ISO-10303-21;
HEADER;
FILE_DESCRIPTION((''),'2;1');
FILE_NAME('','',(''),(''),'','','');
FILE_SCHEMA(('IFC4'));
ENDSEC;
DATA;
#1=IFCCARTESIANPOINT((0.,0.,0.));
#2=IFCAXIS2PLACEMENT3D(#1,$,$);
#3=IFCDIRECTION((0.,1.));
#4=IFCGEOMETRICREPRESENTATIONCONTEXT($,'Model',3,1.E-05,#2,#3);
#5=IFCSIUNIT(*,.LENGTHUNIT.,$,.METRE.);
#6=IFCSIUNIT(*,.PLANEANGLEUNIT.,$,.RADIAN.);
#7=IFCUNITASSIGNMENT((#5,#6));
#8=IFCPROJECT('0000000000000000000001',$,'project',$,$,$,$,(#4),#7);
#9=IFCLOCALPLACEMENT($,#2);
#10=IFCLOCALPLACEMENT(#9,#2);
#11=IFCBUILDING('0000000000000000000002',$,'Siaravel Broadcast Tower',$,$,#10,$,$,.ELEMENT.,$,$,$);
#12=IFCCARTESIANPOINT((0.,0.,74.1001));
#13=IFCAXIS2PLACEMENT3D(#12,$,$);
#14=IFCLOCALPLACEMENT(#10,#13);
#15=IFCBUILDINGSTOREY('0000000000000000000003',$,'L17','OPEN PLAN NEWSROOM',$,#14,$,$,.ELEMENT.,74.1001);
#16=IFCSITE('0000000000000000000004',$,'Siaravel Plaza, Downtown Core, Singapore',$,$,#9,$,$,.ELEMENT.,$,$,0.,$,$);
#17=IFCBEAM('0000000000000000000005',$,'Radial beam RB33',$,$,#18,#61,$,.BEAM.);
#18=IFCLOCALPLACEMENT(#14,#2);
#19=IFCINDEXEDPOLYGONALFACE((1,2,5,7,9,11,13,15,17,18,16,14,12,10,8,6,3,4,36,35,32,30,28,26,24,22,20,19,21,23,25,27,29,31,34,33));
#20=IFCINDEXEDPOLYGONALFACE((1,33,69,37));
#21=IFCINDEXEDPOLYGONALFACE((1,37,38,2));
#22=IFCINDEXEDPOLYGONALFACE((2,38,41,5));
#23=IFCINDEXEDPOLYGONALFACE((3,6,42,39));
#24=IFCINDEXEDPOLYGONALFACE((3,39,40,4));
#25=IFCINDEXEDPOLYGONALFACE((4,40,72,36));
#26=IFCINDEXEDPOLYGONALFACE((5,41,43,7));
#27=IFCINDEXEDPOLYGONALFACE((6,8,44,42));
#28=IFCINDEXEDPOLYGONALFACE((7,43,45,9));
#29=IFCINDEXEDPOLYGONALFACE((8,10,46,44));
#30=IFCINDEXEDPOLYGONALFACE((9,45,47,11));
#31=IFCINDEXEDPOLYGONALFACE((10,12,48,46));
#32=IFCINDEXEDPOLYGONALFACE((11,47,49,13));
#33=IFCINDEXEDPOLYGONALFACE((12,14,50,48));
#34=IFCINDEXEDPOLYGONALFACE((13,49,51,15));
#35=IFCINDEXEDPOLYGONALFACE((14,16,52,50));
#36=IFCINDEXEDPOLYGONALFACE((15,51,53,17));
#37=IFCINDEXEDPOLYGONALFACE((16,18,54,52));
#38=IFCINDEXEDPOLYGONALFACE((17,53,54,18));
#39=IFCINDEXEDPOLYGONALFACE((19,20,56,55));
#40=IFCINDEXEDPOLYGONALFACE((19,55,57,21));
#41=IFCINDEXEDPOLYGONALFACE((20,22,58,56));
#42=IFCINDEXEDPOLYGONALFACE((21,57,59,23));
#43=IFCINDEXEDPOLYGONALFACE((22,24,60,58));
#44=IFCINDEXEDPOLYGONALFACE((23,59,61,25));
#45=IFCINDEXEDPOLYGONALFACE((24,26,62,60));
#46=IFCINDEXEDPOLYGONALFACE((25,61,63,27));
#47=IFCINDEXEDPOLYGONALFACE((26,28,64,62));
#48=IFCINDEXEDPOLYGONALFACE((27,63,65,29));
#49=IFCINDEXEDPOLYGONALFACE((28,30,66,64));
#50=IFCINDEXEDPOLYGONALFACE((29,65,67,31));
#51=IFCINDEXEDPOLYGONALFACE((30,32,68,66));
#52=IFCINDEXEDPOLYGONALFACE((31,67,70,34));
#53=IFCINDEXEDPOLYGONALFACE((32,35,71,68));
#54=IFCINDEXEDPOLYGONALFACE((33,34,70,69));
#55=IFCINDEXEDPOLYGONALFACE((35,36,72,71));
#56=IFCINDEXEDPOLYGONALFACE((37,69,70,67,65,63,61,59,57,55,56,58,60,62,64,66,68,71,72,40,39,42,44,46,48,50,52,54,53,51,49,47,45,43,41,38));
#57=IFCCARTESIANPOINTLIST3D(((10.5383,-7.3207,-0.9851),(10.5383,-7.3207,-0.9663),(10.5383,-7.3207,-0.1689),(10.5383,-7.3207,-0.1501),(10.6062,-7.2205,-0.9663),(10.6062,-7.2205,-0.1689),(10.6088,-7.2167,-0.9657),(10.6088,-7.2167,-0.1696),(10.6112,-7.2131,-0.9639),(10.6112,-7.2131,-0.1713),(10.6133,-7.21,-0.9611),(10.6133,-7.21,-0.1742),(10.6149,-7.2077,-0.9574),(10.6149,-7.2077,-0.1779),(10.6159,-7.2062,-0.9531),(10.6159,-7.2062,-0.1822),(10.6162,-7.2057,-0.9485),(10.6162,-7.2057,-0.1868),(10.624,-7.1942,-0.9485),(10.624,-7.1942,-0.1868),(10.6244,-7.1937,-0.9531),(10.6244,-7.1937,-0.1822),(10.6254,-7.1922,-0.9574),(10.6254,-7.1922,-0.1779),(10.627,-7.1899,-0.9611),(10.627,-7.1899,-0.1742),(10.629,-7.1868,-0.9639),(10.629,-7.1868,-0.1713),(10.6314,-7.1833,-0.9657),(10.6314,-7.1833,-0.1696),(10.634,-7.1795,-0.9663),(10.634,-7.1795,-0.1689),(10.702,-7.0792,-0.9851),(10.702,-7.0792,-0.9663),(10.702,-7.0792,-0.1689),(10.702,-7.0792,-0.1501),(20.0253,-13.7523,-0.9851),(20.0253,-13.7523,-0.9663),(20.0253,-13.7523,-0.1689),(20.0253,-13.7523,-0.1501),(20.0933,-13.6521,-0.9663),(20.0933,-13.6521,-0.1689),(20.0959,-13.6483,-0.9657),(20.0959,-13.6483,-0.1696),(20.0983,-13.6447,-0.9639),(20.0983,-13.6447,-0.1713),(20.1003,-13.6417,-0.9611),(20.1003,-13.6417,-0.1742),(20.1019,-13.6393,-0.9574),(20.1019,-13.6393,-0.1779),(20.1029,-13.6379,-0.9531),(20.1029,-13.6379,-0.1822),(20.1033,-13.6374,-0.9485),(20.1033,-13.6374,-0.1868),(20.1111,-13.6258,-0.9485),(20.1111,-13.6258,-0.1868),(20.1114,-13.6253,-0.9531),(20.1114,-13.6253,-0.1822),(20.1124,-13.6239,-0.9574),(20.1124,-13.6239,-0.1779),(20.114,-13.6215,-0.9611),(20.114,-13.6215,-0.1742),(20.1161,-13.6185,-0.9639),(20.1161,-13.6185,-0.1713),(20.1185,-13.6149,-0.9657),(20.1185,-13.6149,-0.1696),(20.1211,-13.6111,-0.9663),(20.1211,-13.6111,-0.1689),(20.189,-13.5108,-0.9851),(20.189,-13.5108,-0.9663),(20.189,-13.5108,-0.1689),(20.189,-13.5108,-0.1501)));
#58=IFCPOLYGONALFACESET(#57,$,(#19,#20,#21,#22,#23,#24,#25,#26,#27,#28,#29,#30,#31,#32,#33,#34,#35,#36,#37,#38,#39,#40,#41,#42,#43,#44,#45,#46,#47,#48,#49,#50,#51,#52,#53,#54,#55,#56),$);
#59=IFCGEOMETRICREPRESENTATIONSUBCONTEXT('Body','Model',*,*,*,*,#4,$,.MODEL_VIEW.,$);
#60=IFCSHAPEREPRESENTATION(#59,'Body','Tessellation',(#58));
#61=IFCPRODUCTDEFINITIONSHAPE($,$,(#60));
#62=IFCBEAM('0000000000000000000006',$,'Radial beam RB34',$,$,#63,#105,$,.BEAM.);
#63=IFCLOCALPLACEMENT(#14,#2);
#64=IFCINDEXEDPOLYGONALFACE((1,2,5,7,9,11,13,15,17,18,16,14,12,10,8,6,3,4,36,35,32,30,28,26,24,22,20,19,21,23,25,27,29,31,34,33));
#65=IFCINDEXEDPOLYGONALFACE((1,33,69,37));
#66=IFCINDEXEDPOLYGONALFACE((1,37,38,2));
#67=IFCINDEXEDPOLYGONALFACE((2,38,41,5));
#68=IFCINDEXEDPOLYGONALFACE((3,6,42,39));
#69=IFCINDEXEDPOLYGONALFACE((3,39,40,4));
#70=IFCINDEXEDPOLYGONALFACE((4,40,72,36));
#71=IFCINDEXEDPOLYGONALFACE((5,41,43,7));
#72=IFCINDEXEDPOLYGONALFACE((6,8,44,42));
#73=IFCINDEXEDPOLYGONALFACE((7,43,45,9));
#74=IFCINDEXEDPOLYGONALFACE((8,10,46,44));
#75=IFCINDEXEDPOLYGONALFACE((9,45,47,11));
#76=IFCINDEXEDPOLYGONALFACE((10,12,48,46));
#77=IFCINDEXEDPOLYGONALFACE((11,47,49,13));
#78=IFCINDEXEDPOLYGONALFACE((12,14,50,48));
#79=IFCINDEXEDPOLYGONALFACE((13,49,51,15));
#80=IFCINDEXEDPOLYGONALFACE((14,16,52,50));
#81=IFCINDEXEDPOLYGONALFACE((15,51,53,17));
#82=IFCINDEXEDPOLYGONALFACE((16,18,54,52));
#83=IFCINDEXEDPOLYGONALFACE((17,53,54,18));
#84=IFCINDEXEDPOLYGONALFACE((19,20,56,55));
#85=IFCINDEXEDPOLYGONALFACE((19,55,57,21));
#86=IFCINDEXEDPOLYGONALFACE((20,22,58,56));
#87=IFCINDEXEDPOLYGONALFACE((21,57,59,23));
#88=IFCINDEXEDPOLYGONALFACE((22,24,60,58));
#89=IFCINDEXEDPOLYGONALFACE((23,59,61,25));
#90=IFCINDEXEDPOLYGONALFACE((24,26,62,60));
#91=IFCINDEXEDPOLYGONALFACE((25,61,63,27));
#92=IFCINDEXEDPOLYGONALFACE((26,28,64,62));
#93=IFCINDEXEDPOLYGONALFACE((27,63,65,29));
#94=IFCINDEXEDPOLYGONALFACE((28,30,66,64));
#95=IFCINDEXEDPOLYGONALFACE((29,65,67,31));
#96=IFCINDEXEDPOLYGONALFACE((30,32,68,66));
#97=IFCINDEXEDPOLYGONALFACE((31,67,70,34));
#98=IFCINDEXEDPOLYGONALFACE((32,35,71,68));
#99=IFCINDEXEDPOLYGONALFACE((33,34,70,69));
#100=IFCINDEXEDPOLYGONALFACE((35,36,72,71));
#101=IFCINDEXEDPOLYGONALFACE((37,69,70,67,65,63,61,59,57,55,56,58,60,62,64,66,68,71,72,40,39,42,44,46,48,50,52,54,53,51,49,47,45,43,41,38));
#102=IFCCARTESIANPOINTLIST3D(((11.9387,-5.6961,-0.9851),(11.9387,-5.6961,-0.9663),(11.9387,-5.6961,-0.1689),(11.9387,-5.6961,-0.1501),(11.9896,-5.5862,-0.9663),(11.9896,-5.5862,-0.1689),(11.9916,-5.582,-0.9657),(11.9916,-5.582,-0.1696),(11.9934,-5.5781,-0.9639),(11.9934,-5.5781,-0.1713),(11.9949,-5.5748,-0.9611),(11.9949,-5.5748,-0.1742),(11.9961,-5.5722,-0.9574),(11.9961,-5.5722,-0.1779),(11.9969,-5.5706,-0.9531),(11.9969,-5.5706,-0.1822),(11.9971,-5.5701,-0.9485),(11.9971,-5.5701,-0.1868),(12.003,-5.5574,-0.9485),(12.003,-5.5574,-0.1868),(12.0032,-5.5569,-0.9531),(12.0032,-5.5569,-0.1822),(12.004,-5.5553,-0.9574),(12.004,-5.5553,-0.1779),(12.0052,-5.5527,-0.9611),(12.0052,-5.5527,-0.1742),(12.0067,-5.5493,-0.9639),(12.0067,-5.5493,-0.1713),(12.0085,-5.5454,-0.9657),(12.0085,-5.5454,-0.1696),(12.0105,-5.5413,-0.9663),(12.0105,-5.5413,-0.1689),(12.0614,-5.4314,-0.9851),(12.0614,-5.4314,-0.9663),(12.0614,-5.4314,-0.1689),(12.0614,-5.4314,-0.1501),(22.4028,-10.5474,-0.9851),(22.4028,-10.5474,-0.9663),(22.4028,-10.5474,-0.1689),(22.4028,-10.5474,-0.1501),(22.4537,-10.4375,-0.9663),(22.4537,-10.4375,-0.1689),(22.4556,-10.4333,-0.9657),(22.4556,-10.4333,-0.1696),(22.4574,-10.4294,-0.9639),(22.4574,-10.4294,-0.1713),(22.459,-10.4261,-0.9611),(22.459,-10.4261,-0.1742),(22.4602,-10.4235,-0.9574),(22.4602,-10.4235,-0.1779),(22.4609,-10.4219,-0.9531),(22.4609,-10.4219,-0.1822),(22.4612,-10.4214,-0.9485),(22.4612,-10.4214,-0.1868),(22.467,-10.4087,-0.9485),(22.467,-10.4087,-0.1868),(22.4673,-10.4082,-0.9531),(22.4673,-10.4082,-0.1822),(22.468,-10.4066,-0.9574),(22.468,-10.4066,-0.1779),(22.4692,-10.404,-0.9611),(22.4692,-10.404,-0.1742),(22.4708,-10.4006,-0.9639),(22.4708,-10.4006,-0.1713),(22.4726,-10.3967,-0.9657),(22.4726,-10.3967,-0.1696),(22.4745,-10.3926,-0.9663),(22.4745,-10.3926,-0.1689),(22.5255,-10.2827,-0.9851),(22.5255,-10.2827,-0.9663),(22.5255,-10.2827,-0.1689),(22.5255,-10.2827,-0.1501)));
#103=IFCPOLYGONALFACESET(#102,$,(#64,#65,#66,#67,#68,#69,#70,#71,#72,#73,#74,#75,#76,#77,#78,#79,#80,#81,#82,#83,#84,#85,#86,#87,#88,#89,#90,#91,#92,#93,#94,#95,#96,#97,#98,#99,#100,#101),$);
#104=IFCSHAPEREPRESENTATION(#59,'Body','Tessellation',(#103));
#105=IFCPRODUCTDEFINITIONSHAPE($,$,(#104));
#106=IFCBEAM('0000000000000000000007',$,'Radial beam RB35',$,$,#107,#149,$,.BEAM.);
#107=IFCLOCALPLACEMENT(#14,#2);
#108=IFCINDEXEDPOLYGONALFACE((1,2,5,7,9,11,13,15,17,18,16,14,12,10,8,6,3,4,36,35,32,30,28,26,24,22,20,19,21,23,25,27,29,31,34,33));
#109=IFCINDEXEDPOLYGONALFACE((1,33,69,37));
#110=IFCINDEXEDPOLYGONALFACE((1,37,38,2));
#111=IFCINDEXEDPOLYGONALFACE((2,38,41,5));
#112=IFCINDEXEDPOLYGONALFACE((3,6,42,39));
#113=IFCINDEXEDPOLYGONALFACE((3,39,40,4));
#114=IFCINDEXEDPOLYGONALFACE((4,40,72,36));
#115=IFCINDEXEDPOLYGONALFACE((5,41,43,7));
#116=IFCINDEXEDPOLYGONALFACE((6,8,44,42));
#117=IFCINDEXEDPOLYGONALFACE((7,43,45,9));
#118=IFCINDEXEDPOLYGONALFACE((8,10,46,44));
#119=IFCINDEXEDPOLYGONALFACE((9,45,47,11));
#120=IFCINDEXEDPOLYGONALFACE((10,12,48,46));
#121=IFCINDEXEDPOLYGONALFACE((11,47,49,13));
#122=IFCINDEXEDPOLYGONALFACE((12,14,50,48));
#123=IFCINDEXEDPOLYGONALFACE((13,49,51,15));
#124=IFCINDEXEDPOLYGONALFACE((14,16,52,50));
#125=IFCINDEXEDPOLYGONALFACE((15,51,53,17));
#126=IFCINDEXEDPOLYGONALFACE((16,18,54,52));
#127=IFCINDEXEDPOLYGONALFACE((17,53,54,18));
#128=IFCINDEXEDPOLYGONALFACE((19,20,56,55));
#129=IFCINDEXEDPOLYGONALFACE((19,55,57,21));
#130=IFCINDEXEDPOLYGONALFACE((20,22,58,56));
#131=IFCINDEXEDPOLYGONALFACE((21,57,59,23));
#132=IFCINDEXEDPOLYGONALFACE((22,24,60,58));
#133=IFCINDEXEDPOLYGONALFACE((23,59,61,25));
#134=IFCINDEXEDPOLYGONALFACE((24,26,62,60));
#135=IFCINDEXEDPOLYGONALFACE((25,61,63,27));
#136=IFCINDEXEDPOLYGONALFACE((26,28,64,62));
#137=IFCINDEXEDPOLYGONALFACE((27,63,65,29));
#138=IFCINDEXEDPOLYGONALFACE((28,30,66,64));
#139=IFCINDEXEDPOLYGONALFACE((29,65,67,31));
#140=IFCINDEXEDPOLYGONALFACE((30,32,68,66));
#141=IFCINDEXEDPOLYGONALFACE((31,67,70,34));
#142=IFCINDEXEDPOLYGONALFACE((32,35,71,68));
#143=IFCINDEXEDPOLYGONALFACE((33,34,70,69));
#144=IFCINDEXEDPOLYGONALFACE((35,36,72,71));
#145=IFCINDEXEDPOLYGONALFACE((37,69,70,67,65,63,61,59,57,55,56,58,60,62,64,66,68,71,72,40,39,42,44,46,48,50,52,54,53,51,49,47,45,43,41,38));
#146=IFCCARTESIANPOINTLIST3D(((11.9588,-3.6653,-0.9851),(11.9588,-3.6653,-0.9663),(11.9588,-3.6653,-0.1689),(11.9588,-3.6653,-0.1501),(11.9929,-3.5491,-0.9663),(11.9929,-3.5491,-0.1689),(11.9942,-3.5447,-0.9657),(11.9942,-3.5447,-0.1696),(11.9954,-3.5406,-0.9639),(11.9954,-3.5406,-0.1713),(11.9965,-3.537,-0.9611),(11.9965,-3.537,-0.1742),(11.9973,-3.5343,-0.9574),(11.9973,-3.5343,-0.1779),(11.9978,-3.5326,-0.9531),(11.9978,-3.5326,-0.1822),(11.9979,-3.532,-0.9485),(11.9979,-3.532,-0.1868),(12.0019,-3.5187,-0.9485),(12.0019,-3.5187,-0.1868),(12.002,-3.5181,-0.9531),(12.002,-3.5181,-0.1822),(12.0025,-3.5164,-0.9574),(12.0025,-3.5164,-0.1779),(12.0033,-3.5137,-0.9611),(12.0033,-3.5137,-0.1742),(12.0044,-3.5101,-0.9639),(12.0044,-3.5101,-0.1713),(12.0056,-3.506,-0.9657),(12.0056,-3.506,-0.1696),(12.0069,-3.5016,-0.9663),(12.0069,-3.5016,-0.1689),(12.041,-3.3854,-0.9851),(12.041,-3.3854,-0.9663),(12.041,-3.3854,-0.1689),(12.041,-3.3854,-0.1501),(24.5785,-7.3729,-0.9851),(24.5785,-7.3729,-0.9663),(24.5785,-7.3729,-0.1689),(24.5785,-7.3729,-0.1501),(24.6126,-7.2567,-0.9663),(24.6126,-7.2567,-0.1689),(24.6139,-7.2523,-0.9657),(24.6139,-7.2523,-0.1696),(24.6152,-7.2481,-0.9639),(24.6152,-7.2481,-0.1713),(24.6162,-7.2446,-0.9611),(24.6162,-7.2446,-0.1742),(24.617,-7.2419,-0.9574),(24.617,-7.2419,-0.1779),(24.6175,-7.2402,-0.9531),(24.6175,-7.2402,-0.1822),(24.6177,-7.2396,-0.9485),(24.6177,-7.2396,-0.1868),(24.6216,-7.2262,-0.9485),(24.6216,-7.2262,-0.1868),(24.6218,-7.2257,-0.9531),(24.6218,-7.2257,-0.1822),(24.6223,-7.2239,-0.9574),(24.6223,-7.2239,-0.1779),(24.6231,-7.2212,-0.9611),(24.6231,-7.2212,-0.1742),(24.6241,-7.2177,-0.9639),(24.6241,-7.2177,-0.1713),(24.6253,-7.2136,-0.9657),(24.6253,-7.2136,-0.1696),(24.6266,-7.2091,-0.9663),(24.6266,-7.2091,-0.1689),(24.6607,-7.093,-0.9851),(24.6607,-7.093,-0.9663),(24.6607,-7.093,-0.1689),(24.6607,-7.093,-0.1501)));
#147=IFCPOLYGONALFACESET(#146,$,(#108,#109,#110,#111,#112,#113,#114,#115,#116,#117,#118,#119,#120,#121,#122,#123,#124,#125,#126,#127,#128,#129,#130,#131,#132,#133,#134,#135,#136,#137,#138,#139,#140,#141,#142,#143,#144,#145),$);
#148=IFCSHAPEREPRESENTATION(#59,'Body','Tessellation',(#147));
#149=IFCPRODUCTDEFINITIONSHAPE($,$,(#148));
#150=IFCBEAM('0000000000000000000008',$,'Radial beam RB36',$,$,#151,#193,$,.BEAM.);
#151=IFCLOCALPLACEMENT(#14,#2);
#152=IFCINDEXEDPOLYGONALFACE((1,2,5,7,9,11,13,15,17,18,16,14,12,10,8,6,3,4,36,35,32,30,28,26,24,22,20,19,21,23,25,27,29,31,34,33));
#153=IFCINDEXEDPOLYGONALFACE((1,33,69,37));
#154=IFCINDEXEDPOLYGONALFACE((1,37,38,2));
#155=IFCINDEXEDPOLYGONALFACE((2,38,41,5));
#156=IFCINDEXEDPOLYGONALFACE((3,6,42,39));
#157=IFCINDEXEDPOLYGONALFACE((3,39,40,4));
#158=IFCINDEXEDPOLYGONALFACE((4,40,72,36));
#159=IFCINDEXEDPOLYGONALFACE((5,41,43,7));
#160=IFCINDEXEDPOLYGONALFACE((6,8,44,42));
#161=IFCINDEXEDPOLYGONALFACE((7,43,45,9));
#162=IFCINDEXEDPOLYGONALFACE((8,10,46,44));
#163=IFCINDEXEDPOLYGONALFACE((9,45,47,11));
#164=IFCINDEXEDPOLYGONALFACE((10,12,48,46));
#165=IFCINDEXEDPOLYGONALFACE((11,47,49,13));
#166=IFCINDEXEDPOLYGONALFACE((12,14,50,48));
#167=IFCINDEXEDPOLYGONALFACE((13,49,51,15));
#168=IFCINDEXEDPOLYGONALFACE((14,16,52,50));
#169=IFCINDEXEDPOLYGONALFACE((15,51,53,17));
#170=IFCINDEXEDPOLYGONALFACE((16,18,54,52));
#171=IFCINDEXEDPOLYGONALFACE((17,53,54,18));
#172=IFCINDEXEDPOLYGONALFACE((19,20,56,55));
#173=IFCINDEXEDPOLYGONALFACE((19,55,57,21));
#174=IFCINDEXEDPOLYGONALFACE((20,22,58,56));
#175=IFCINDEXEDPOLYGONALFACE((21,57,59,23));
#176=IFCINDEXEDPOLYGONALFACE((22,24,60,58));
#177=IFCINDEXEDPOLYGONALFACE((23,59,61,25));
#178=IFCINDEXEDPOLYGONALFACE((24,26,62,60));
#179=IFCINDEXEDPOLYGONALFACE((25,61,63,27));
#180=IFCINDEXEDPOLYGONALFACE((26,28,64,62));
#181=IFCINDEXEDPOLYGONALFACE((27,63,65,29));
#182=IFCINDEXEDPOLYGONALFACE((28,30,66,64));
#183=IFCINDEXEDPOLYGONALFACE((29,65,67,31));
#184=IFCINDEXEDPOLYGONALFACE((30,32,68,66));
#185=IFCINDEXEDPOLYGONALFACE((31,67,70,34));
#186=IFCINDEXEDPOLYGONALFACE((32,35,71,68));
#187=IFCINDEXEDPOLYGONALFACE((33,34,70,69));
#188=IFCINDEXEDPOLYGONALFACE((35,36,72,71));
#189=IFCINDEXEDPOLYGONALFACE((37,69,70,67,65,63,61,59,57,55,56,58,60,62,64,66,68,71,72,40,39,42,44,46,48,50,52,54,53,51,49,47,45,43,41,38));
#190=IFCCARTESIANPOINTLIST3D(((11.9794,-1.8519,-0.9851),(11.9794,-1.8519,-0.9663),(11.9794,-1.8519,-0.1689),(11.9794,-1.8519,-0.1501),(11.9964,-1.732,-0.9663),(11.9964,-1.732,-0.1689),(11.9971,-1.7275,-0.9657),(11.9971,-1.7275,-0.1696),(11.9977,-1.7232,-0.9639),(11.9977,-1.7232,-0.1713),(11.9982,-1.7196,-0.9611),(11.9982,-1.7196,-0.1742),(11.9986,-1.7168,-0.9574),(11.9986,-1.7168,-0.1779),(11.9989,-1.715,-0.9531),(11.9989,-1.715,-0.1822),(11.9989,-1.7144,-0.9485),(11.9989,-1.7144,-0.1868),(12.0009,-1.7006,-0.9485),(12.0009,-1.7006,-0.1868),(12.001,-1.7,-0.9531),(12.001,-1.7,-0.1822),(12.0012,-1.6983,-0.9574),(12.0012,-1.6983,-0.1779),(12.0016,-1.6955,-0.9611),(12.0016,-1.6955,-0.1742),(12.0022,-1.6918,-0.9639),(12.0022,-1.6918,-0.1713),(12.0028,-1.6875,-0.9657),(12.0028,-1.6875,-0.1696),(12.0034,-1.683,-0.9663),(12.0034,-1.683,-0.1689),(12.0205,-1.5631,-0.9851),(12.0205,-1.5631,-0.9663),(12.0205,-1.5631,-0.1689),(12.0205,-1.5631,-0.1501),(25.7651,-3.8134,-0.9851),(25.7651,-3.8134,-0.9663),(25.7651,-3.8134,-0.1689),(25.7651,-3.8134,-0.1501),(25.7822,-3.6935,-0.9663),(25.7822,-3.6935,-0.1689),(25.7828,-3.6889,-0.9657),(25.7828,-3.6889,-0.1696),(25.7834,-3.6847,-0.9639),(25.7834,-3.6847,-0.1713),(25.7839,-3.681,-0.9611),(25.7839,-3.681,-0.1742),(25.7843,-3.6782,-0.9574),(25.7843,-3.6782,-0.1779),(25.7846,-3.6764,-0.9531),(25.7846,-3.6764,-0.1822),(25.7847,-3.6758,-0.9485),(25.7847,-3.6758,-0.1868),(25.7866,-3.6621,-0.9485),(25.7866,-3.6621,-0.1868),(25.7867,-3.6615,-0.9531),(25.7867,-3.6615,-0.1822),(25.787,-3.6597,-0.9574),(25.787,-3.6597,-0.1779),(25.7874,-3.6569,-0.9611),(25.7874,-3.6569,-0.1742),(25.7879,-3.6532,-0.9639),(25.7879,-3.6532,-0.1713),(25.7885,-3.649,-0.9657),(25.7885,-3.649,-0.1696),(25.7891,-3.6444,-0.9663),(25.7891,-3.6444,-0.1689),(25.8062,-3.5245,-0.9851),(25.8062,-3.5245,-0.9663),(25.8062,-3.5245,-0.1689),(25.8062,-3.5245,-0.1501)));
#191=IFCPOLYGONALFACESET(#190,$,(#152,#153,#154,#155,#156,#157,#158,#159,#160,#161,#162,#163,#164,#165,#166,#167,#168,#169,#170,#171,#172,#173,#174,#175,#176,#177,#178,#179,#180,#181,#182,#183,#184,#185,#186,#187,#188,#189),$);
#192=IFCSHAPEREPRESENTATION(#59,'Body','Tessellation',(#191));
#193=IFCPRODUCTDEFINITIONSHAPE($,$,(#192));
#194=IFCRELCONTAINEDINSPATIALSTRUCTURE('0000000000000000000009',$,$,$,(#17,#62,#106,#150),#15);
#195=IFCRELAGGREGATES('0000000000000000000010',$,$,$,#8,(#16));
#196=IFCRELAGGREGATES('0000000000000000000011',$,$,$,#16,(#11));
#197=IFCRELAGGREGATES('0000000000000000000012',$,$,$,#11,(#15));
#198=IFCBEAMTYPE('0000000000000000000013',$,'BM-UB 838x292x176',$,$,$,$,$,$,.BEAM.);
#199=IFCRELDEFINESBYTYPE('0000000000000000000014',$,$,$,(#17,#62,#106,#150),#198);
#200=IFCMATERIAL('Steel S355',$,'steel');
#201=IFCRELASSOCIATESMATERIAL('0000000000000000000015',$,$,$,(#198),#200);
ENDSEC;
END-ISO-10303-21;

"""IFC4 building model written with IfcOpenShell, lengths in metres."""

from ifc_helpers import new_model, si_unit, direction, frame, origin, origin_2d, place, context, subcontext, project, spatial, i_section, extrude, material, material_profile, profile_set, type_object, element, save


model = new_model("IFC4")

# Units and contexts
model_context = context("Model", 3, precision=1e-05, world=origin(), true_north=direction((0.0, 1.0)))
body_context = subcontext(model_context, "Body", "Model", "MODEL_VIEW")
ifc_project = project(units=[si_unit("LENGTHUNIT", "METRE"), si_unit("PLANEANGLEUNIT", "RADIAN")], contexts=[model_context])

# Site, building, storey
site_placement = place(None, origin())
site = spatial("IfcSite", under=ifc_project, at=site_placement, Name="Siaravel Plaza, Downtown Core, Singapore", CompositionType="ELEMENT", RefElevation=0.0)
building_placement = place(site_placement, origin())
building = spatial("IfcBuilding", under=site, at=building_placement, Name="Siaravel Broadcast Tower", CompositionType="ELEMENT")
storey_placement = place(building_placement, frame((0.0, 0.0, 74.1001)))
storey = spatial("IfcBuildingStorey", under=building, at=storey_placement, Name="L17", Description="OPEN PLAN NEWSROOM", CompositionType="ELEMENT", Elevation=74.1001)

# Beams
ifc_material_1 = material(Name="Steel S355", Category="steel")
ifc_material_profile_1 = material_profile(ifc_material_1, i_section(OverallWidth=0.2917, OverallDepth=0.835, WebThickness=0.0139, FlangeThickness=0.0188, FilletRadius=0.0178, at=origin_2d()))
ifc_profile_set_1 = profile_set([ifc_material_profile_1], Name="Steel S355")
beam_type = type_object("IfcBeamType", Name="BM-UB 838x292x176", PredefinedType="BEAM", material=ifc_profile_set_1)
beam_1_placement = place(storey_placement, frame((20.1072, -13.6316, -0.5676), z_axis=(-0.827719, 0.561142, 0.0), x_axis=(-0.561142, -0.827719, 0.0)))
element("IfcBeam", 1, at=beam_1_placement, inside=storey, type_object=beam_type, Name="Radial beam RB33", PredefinedType="BEAM", context=body_context, shape_type="SweptSolid", body=[
    extrude(i_section(OverallWidth=0.2917, OverallDepth=0.835, WebThickness=0.0139, FlangeThickness=0.0188, FilletRadius=0.0178, at=origin_2d()), origin(), (0.0, 0.0, 1.0), 11.4617),
])
beam_2_placement = place(storey_placement, frame((22.4641, -10.415, -0.5676), z_axis=(-0.907241, 0.420611, 0.0), x_axis=(-0.420611, -0.907241, 0.0)))
element("IfcBeam", 2, at=beam_2_placement, inside=storey, type_object=beam_type, Name="Radial beam RB34", PredefinedType="BEAM", context=body_context, shape_type="SweptSolid", body=[
    extrude(i_section(OverallWidth=0.2917, OverallDepth=0.835, WebThickness=0.0139, FlangeThickness=0.0188, FilletRadius=0.0178, at=origin_2d()), origin(), (0.0, 0.0, 1.0), 11.5339),
])
beam_3_placement = place(storey_placement, frame((24.6196, -7.2329, -0.5676), z_axis=(-0.959451, 0.281877, 0.0), x_axis=(-0.281877, -0.959451, 0.0)))
element("IfcBeam", 3, at=beam_3_placement, inside=storey, type_object=beam_type, Name="Radial beam RB35", PredefinedType="BEAM", context=body_context, shape_type="SweptSolid", body=[
    extrude(i_section(OverallWidth=0.2917, OverallDepth=0.835, WebThickness=0.0139, FlangeThickness=0.0188, FilletRadius=0.0178, at=origin_2d()), origin(), (0.0, 0.0, 1.0), 13.1531),
])
beam_4_placement = place(storey_placement, frame((25.7856, -3.6689, -0.5676), z_axis=(-0.990029, 0.140862, 0.0), x_axis=(-0.140862, -0.990029, 0.0)))
element("IfcBeam", 4, at=beam_4_placement, inside=storey, type_object=beam_type, Name="Radial beam RB36", PredefinedType="BEAM", context=body_context, shape_type="SweptSolid", body=[
    extrude(i_section(OverallWidth=0.2917, OverallDepth=0.835, WebThickness=0.0139, FlangeThickness=0.0188, FilletRadius=0.0178, at=origin_2d()), origin(), (0.0, 0.0, 1.0), 13.9246),
])

save(model, "model.ifc")
